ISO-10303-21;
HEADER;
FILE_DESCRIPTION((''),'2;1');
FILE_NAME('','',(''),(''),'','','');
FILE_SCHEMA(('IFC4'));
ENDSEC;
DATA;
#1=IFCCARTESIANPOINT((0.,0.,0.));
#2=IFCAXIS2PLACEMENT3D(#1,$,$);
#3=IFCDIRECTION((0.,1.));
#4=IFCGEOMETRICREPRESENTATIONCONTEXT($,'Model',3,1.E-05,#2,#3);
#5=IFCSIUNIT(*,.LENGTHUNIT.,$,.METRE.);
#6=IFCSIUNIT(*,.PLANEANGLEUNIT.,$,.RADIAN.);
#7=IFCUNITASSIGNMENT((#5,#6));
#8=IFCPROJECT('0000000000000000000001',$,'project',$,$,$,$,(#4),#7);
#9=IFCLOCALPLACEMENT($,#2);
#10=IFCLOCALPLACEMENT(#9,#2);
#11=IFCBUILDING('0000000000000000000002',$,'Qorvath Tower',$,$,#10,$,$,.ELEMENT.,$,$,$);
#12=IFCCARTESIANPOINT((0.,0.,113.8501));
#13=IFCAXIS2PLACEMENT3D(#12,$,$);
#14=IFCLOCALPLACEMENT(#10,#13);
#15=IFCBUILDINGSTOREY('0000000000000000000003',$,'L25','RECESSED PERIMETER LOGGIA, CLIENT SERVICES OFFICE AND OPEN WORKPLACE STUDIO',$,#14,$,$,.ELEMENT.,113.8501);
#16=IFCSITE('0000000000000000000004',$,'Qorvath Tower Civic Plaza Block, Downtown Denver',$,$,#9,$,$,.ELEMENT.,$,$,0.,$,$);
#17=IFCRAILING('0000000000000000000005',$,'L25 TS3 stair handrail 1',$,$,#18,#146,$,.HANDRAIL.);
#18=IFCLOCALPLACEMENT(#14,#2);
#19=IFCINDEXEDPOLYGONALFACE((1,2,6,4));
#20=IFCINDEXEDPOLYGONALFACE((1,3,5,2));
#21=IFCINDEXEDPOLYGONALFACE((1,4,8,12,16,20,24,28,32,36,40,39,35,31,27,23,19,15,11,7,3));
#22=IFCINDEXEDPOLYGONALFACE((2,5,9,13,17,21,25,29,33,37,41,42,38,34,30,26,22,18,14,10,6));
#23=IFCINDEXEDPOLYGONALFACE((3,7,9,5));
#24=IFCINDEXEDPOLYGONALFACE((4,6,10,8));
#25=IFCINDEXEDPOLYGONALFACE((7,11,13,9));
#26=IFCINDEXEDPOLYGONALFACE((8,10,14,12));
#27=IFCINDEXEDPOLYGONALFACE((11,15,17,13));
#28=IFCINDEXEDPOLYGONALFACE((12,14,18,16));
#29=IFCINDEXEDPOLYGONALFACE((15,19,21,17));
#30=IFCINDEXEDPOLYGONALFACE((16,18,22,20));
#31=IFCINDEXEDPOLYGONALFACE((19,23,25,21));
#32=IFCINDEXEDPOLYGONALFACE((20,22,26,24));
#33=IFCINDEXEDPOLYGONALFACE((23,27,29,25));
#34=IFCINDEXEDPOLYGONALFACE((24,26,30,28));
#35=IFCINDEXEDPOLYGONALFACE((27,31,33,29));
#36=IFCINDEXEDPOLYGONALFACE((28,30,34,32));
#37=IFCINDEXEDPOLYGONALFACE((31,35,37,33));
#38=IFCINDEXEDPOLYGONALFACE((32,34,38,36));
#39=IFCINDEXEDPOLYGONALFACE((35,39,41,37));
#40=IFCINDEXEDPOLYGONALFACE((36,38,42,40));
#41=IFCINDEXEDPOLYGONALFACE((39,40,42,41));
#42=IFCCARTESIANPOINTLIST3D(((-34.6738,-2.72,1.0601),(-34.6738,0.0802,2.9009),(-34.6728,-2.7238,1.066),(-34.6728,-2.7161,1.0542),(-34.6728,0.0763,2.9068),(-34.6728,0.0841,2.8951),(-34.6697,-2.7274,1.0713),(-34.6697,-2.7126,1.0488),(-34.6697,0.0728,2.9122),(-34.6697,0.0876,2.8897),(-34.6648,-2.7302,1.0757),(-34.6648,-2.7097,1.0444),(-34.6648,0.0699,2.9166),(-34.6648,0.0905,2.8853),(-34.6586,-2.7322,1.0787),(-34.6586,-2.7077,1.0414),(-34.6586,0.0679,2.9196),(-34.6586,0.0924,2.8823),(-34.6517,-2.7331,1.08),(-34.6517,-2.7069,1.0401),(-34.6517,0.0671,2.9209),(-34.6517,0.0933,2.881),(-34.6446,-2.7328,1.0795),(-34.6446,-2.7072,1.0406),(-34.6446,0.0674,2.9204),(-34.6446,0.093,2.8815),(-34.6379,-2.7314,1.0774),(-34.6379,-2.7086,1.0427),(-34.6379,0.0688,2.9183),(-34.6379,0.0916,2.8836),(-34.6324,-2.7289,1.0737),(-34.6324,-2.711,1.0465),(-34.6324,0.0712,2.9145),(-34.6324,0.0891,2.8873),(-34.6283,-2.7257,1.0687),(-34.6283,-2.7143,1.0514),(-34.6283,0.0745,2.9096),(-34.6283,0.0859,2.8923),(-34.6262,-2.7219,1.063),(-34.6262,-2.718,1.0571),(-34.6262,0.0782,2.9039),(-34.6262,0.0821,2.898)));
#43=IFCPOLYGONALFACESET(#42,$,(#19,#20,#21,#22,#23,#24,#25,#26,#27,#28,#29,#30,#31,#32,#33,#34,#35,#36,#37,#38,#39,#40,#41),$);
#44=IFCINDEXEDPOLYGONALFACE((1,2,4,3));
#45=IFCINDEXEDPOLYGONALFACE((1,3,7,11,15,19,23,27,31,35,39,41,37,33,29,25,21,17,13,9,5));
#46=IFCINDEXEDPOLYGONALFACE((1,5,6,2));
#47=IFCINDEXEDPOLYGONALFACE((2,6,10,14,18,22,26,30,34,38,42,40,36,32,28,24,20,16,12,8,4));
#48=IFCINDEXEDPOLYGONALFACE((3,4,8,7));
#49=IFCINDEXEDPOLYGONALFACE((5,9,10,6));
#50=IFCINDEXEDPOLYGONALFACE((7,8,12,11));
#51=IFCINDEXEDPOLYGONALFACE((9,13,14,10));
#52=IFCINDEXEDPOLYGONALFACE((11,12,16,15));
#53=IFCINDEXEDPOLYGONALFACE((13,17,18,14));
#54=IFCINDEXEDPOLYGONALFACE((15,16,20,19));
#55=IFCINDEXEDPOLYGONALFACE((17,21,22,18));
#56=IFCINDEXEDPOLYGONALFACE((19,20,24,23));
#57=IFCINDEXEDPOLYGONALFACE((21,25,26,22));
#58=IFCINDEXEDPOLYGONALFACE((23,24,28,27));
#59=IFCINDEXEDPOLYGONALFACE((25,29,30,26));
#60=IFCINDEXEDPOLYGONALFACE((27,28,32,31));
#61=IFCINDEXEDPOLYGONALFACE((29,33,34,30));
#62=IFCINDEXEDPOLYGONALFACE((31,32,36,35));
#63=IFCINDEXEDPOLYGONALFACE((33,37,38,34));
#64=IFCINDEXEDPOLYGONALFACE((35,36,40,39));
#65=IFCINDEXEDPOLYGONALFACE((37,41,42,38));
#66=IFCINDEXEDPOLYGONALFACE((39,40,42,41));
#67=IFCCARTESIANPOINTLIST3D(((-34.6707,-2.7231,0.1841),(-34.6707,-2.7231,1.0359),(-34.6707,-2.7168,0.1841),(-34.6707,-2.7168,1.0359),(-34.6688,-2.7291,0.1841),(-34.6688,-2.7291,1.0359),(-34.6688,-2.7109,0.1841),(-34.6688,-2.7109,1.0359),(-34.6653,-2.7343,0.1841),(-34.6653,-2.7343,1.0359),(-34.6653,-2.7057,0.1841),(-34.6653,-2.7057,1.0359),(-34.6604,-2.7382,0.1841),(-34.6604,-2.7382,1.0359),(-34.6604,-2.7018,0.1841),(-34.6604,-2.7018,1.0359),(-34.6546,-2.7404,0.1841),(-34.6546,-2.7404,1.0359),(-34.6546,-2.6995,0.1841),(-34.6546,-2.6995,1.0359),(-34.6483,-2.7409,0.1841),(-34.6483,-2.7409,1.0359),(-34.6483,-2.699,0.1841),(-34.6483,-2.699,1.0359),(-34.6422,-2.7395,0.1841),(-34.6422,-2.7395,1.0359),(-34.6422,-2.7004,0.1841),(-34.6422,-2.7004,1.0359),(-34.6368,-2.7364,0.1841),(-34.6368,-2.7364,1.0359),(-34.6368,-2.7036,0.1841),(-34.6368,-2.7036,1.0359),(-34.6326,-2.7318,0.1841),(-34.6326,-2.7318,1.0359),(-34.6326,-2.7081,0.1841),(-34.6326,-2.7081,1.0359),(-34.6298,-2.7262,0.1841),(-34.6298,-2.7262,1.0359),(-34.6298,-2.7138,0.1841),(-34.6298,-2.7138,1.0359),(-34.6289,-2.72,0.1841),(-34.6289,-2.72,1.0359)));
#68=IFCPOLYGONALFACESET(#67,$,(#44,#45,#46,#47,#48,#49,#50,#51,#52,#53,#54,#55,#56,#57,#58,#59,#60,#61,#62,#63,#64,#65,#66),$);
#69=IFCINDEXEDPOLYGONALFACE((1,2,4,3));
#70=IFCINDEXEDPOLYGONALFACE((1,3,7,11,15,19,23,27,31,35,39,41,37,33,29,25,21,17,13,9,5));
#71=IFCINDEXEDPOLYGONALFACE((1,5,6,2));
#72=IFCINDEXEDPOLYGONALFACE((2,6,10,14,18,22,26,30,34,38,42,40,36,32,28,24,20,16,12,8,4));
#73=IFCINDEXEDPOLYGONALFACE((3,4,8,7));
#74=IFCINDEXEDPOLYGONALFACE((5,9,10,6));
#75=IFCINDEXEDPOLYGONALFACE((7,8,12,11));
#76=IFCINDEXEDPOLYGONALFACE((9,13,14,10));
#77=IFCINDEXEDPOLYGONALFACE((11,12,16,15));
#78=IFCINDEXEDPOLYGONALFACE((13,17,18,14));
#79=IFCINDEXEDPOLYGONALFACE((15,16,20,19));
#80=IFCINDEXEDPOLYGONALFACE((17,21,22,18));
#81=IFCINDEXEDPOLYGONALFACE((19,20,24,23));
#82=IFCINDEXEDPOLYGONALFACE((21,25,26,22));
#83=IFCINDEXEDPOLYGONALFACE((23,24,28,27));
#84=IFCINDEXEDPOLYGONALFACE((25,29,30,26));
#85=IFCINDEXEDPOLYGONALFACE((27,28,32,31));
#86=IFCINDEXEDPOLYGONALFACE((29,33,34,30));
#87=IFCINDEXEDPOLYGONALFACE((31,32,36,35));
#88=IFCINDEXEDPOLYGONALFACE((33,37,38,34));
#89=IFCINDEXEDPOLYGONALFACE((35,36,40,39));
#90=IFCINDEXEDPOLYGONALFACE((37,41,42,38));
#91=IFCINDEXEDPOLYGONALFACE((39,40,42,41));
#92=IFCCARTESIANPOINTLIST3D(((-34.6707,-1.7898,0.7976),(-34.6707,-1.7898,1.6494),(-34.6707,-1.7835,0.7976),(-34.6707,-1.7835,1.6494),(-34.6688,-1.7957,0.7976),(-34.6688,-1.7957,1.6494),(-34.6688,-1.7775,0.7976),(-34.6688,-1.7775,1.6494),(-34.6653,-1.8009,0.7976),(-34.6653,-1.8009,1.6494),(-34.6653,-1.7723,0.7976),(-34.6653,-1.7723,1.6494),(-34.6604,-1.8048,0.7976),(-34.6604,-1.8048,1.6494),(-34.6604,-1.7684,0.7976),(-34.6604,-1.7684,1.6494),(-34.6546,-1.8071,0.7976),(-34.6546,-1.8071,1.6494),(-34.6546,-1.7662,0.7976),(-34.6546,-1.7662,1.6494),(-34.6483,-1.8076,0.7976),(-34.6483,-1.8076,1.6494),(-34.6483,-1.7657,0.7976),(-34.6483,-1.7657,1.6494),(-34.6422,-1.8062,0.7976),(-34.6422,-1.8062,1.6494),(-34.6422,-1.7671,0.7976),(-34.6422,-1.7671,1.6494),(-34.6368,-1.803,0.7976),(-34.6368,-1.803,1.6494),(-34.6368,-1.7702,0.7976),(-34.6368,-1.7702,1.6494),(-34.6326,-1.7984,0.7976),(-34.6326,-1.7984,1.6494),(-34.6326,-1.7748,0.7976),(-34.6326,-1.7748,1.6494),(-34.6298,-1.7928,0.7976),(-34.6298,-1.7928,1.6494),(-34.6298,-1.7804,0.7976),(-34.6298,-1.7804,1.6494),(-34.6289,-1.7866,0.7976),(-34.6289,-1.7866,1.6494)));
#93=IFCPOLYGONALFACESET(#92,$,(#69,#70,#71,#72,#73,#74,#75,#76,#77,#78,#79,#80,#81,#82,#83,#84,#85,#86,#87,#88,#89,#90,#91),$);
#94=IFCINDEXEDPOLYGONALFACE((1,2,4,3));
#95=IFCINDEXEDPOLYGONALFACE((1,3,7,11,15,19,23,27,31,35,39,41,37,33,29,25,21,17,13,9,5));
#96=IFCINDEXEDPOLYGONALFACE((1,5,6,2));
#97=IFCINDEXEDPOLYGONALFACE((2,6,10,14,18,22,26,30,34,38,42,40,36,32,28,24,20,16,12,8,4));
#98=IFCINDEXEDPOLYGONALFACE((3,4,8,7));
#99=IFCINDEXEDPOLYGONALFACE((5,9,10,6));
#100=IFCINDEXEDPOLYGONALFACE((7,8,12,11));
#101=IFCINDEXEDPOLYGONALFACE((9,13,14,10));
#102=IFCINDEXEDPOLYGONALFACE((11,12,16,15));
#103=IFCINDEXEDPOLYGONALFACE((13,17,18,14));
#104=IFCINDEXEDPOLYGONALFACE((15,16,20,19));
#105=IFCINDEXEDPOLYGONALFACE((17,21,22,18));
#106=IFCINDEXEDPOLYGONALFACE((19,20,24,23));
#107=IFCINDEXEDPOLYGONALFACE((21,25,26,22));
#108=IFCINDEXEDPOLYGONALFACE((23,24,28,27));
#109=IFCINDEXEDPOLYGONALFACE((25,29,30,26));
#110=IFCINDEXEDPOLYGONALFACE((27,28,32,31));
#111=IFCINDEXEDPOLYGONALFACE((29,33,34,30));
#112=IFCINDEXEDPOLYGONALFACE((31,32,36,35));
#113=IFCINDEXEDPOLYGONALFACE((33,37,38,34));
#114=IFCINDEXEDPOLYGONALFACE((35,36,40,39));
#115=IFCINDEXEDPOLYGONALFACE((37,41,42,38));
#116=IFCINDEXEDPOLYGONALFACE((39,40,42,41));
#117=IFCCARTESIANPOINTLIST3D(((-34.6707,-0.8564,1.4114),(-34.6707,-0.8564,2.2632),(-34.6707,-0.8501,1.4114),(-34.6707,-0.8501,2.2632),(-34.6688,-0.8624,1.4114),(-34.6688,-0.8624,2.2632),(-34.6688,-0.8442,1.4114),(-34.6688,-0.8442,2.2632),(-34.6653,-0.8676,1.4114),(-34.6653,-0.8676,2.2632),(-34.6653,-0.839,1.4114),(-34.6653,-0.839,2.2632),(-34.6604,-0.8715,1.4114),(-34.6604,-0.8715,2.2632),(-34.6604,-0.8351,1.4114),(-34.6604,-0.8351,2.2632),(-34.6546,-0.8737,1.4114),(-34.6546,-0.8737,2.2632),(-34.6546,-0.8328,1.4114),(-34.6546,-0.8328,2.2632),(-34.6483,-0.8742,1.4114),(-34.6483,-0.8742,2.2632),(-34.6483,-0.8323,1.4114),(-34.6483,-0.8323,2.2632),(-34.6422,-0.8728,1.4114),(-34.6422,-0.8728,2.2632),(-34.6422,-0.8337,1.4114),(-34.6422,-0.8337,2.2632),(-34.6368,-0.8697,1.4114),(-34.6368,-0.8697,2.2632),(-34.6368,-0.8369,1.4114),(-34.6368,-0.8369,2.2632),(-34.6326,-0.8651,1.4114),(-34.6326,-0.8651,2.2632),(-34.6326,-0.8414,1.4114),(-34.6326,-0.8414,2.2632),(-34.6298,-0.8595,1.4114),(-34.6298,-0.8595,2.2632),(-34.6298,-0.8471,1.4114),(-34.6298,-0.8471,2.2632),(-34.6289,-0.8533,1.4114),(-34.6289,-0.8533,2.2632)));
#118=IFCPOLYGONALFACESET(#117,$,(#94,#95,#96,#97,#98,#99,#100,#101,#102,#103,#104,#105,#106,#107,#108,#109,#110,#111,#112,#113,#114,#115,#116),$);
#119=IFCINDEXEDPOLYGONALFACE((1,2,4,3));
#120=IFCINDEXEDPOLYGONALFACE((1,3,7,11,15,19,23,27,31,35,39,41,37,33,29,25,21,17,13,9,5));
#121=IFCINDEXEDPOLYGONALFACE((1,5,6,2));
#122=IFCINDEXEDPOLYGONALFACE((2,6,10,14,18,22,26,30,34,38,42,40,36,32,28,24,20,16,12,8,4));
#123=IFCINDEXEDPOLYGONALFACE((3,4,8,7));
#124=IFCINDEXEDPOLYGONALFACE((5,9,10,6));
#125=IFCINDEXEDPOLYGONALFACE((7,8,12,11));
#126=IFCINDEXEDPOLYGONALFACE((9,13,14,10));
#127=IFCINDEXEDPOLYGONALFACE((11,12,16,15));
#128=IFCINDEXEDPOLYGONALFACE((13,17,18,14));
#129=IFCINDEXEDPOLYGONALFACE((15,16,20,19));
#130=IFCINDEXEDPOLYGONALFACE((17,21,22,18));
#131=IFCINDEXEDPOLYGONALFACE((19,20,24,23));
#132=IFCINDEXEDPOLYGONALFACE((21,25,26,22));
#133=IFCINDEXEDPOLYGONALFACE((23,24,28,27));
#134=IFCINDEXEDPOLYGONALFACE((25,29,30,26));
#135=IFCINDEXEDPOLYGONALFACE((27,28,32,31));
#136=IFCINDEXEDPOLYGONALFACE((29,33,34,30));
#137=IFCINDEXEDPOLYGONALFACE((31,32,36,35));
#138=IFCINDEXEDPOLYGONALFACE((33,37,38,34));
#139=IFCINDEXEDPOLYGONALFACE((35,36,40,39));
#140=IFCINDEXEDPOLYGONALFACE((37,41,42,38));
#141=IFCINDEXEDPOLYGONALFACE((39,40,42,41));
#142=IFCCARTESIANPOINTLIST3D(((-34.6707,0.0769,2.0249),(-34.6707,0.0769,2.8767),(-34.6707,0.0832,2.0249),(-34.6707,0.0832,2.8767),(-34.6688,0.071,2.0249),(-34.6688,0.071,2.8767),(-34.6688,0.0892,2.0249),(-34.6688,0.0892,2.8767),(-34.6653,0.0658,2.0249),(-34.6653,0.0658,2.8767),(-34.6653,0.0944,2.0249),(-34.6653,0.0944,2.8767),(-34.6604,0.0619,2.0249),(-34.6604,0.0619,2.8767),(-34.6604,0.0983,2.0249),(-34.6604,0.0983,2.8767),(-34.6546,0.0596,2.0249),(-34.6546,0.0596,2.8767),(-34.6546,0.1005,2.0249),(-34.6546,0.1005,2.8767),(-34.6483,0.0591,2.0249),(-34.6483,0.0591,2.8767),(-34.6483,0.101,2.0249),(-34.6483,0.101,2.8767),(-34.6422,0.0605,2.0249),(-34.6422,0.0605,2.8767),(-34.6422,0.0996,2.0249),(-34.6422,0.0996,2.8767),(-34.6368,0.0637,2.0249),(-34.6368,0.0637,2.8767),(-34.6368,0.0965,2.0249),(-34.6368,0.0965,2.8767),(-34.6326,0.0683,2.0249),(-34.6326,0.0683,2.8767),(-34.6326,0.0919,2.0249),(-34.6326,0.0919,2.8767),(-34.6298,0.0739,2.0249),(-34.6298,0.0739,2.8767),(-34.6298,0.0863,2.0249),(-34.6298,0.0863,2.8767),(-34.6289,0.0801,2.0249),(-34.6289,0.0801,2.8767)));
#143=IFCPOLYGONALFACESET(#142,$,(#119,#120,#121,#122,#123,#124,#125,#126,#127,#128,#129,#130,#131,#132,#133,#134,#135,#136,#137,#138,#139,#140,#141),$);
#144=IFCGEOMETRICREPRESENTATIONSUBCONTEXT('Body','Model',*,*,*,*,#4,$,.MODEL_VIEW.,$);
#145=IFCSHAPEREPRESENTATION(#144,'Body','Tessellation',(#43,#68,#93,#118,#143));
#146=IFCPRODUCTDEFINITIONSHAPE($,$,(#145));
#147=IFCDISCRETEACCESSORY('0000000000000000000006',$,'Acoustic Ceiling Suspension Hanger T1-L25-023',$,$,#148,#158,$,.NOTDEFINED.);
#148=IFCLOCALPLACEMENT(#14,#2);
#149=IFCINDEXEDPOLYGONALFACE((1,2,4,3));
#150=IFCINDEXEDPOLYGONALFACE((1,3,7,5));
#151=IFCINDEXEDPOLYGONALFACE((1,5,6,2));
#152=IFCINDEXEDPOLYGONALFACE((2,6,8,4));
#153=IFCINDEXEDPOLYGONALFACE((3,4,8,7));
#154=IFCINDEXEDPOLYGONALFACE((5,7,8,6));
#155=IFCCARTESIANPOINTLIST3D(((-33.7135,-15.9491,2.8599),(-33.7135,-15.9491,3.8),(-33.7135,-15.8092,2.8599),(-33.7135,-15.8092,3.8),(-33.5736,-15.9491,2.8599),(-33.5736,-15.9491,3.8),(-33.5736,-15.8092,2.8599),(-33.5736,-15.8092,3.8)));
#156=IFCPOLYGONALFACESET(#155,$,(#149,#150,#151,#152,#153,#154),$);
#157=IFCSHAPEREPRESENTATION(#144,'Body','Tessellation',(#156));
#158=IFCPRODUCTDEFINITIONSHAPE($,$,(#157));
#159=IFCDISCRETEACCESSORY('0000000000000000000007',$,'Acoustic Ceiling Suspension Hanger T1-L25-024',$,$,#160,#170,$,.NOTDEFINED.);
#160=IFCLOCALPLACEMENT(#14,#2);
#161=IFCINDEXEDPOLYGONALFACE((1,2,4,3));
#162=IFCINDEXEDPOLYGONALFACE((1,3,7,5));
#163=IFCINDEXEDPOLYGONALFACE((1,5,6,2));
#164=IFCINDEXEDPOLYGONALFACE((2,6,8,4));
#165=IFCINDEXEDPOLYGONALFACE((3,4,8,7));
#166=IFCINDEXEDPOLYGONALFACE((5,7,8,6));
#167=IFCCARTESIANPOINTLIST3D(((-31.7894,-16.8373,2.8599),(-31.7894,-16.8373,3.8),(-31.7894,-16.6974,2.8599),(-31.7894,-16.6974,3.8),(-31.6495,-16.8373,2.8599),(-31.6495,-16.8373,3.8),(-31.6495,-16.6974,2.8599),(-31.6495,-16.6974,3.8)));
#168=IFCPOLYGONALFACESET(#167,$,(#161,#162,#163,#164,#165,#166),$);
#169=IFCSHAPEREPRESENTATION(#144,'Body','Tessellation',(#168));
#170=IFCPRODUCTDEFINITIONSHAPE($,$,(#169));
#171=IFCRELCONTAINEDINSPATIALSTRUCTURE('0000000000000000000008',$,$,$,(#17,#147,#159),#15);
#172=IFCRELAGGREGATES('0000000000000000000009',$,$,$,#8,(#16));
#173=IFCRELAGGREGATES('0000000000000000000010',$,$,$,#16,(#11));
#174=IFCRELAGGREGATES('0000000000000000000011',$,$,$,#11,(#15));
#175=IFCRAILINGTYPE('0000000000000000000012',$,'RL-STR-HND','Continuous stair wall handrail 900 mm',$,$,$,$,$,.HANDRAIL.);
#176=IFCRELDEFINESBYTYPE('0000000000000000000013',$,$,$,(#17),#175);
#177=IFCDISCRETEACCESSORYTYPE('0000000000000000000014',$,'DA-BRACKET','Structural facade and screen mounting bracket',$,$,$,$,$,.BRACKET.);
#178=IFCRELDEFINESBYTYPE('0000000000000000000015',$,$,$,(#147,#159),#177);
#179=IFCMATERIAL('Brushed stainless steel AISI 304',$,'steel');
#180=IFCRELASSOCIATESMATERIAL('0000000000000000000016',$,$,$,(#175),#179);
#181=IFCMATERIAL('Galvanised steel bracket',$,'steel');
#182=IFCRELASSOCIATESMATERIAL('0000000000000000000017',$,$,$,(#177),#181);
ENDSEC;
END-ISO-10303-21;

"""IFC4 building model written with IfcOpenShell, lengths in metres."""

from ifc_helpers import new_model, si_unit, direction, frame, origin, origin_2d, place, context, subcontext, project, spatial, rectangle, circle, extrude, material, type_object, element, save


model = new_model("IFC4")

# Units and contexts
model_context = context("Model", 3, precision=1e-05, world=origin(), true_north=direction((0.0, 1.0)))
body_context = subcontext(model_context, "Body", "Model", "MODEL_VIEW")
ifc_project = project(units=[si_unit("LENGTHUNIT", "METRE"), si_unit("PLANEANGLEUNIT", "RADIAN")], contexts=[model_context])

# Site, building, storey
site_placement = place(None, origin())
site = spatial("IfcSite", under=ifc_project, at=site_placement, Name="Qorvath Tower Civic Plaza Block, Downtown Denver", CompositionType="ELEMENT", RefElevation=0.0)
building_placement = place(site_placement, origin())
building = spatial("IfcBuilding", under=site, at=building_placement, Name="Qorvath Tower", CompositionType="ELEMENT")
storey_placement = place(building_placement, frame((0.0, 0.0, 113.8501)))
storey = spatial("IfcBuildingStorey", under=building, at=storey_placement, Name="L25", Description="RECESSED PERIMETER LOGGIA, CLIENT SERVICES OFFICE AND OPEN WORKPLACE STUDIO", CompositionType="ELEMENT", Elevation=113.8501)

# Railing
ifc_material_1 = material(Name="Brushed stainless steel AISI 304", Category="steel")
railing_type_1 = type_object("IfcRailingType", Name="RL-STR-HND", Description="Continuous stair wall handrail 900 mm", PredefinedType="HANDRAIL", material=ifc_material_1)
railing_1_placement = place(storey_placement, frame((-34.6499, -2.72, 0.1841)))
element("IfcRailing", 1, at=railing_1_placement, inside=storey, type_object=railing_type_1, Name="L25 TS3 stair handrail 1", PredefinedType="HANDRAIL", context=body_context, shape_type="SweptSolid", body=[
    extrude(circle(Radius=0.0239, at=origin_2d()), frame((0.0, 0.0, 0.876), z_axis=(0.0, 0.835598, 0.549342), x_axis=(-1.0, 0.0, 0.0)), (0.0, 0.0, 1.0), 3.3511),
    extrude(circle(Radius=0.021, at=origin_2d()), origin(), (0.0, 0.0, 1.0), 0.8518),
    extrude(circle(Radius=0.021, at=origin_2d()), frame((0.0, 0.9333, 0.6135)), (0.0, 0.0, 1.0), 0.8518),
    extrude(circle(Radius=0.021, at=origin_2d()), frame((0.0, 1.8667, 1.2273)), (0.0, 0.0, 1.0), 0.8518),
    extrude(circle(Radius=0.021, at=origin_2d()), frame((0.0, 2.8, 1.8408)), (0.0, 0.0, 1.0), 0.8518),
])

# Discrete accessories
ifc_material_2 = material(Name="Galvanised steel bracket", Category="steel")
discrete_accessory_type = type_object("IfcDiscreteAccessoryType", Name="DA-BRACKET", Description="Structural facade and screen mounting bracket", PredefinedType="BRACKET", material=ifc_material_2)
for number, where, z_axis, x_axis, name in (
    (2, (-33.6436, -15.8792, 2.8599), (0.0, 0.0, 1.0), (1.0, 0.0, 0.0), "Acoustic Ceiling Suspension Hanger T1-L25-023"),
    (3, (-31.7195, -16.7673, 2.8599), (0.0, 0.0, 1.0), (1.0, 0.0, 0.0), "Acoustic Ceiling Suspension Hanger T1-L25-024"),
):
    element("IfcDiscreteAccessory", number, at=place(storey_placement, frame(where, z_axis=z_axis, x_axis=x_axis)), inside=storey, type_object=discrete_accessory_type, Name=name, PredefinedType="NOTDEFINED", context=body_context, shape_type="SweptSolid", body=[
        extrude(rectangle(XDim=0.1399, YDim=0.1399, at=origin_2d()), origin(), (0.0, 0.0, 1.0), 0.9402),
    ])

save(model, "model.ifc")
